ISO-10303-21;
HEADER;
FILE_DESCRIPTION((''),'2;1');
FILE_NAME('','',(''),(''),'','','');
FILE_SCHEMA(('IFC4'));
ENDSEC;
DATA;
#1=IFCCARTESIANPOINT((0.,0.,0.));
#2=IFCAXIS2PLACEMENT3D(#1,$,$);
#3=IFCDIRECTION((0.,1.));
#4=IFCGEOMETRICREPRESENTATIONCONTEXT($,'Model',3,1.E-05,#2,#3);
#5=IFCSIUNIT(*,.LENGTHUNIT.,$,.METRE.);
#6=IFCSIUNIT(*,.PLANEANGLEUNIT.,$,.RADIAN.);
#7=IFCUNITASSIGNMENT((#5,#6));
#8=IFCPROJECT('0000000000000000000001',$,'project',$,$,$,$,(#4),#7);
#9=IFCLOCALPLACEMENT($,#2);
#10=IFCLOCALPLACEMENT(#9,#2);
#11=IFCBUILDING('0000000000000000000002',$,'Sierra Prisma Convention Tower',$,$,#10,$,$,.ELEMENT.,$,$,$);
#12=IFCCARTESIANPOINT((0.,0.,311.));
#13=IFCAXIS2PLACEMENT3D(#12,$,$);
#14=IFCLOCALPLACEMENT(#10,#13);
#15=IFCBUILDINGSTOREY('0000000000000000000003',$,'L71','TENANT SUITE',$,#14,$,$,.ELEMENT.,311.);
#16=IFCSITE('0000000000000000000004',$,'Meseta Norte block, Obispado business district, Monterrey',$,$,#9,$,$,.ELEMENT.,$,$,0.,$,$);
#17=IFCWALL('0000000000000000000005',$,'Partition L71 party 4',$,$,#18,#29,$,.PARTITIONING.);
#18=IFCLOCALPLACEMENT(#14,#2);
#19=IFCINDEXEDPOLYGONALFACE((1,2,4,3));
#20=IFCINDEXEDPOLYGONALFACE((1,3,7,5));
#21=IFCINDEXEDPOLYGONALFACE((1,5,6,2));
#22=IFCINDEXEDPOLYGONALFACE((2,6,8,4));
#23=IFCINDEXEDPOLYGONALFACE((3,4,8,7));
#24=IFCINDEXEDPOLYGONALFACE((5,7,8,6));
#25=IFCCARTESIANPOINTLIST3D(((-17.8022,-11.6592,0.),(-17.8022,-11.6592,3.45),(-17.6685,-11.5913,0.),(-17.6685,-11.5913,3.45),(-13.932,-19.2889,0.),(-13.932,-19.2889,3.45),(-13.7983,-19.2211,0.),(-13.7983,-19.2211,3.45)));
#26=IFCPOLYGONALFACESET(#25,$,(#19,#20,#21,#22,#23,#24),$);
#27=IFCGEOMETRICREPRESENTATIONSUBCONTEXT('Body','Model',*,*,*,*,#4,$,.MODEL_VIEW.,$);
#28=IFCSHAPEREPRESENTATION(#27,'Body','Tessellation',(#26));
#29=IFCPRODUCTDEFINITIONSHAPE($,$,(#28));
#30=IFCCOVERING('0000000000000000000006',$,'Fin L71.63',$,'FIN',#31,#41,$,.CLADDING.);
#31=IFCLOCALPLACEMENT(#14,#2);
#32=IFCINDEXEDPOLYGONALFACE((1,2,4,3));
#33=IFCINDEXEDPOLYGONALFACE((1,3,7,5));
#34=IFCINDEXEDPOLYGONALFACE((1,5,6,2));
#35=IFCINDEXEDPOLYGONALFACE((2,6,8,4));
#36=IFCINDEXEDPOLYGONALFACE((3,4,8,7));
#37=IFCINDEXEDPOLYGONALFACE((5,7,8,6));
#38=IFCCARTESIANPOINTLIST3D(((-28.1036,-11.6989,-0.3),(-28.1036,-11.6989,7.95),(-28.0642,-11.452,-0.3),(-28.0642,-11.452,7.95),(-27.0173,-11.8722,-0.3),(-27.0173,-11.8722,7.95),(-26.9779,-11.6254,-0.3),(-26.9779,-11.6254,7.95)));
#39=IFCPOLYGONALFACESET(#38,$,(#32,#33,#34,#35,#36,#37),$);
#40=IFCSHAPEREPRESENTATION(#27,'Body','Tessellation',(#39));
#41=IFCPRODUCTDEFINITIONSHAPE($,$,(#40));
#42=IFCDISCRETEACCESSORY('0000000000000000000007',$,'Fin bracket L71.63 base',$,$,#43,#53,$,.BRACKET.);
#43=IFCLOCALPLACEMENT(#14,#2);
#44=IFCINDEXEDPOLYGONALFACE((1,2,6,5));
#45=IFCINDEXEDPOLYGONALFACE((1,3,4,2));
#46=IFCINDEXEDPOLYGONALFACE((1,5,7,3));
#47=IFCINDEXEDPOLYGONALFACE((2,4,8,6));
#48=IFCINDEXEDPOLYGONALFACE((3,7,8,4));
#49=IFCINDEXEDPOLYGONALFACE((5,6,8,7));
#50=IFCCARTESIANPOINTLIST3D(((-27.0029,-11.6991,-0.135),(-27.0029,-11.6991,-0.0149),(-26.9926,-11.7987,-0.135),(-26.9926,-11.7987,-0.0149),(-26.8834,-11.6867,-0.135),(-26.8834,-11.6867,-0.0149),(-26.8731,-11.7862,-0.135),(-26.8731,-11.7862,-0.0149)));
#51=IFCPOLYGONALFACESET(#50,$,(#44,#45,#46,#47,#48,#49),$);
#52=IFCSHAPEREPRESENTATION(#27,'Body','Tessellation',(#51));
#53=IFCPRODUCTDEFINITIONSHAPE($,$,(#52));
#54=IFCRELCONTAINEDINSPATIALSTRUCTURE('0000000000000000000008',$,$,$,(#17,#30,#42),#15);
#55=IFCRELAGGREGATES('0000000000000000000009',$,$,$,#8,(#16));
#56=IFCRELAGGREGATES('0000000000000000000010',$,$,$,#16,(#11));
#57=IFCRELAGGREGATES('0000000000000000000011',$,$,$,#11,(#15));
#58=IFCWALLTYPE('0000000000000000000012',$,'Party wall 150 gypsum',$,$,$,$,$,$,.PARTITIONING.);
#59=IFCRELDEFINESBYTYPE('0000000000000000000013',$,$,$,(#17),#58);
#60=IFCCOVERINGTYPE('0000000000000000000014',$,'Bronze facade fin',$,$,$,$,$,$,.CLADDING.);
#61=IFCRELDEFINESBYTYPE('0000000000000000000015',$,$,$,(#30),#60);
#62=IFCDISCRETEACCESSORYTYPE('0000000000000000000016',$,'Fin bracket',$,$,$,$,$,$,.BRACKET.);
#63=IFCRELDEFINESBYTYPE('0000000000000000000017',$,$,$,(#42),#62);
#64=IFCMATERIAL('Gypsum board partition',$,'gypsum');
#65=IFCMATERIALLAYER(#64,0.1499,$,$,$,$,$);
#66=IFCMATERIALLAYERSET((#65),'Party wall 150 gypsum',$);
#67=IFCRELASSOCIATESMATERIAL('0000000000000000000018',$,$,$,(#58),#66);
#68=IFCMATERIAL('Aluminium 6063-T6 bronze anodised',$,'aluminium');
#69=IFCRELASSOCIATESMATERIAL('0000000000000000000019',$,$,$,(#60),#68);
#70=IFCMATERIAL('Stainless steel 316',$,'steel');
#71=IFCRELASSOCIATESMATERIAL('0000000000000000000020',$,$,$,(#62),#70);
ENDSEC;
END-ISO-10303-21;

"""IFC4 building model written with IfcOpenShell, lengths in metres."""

from ifc_helpers import new_model, si_unit, direction, frame, frame_2d, origin, origin_2d, place, context, subcontext, project, spatial, rectangle, extrude, material, layer, layer_set, material_profile, profile_set, type_object, element, save


model = new_model("IFC4")

# Units and contexts
model_context = context("Model", 3, precision=1e-05, world=origin(), true_north=direction((0.0, 1.0)))
body_context = subcontext(model_context, "Body", "Model", "MODEL_VIEW")
ifc_project = project(units=[si_unit("LENGTHUNIT", "METRE"), si_unit("PLANEANGLEUNIT", "RADIAN")], contexts=[model_context])

# Site, building, storey
site_placement = place(None, origin())
site = spatial("IfcSite", under=ifc_project, at=site_placement, Name="Meseta Norte block, Obispado business district, Monterrey", CompositionType="ELEMENT", RefElevation=0.0)
building_placement = place(site_placement, origin())
building = spatial("IfcBuilding", under=site, at=building_placement, Name="Sierra Prisma Convention Tower", CompositionType="ELEMENT")
storey_placement = place(building_placement, frame((0.0, 0.0, 311.0)))
storey = spatial("IfcBuildingStorey", under=building, at=storey_placement, Name="L71", Description="TENANT SUITE", CompositionType="ELEMENT", Elevation=311.0)

# Wall
ifc_material_1 = material(Name="Gypsum board partition", Category="gypsum")
ifc_layer_1 = layer(ifc_material_1, 0.1499)
ifc_layer_set_1 = layer_set([ifc_layer_1], Name="Party wall 150 gypsum")
wall_type_1 = type_object("IfcWallType", Name="Party wall 150 gypsum", PredefinedType="PARTITIONING", material=ifc_layer_set_1)
wall_1_placement = place(storey_placement, frame((-17.7354, -11.6252, 0.0), z_axis=(0.0, 0.0, 1.0), x_axis=(0.452377, -0.891827, 0.0)))
element("IfcWall", 1, at=wall_1_placement, inside=storey, type_object=wall_type_1, Name="Partition L71 party 4", PredefinedType="PARTITIONING", context=body_context, shape_type="SweptSolid", body=[
    extrude(rectangle(XDim=8.5552, YDim=0.1499, at=frame_2d((4.2776, 0.0))), origin(), (0.0, 0.0, 1.0), 3.45),
])

# Covering
ifc_material_2 = material(Name="Aluminium 6063-T6 bronze anodised", Category="aluminium")
ifc_material_profile_1 = material_profile(ifc_material_2, rectangle(XDim=1.1001, YDim=0.25, at=origin_2d()), Name="ALU FIN 1100x250")
ifc_profile_set_1 = profile_set([ifc_material_profile_1], Name="Aluminium 6063-T6 bronze anodised")
covering_type = type_object("IfcCoveringType", Name="Bronze facade fin", PredefinedType="CLADDING", material=ifc_profile_set_1)
covering_placement = place(storey_placement, frame((-27.5408, -11.6621, -0.3), z_axis=(0.0, 0.0, 1.0), x_axis=(-0.987505, 0.157587, 0.0)))
element("IfcCovering", 2, at=covering_placement, inside=storey, type_object=covering_type, Name="Fin L71.63", ObjectType="FIN", PredefinedType="CLADDING", context=body_context, shape_type="SweptSolid", body=[
    extrude(rectangle(XDim=1.1001, YDim=0.25, at=origin_2d()), origin(), (0.0, 0.0, 1.0), 8.25),
])

# Discrete accessory
ifc_material_3 = material(Name="Stainless steel 316", Category="steel")
discrete_accessory_type = type_object("IfcDiscreteAccessoryType", Name="Fin bracket", PredefinedType="BRACKET", material=ifc_material_3)
discrete_accessory_placement = place(storey_placement, frame((-26.938, -11.7427, -0.135), z_axis=(0.0, 0.0, 1.0), x_axis=(-0.994643, -0.103368, 0.0)))
element("IfcDiscreteAccessory", 3, at=discrete_accessory_placement, inside=storey, type_object=discrete_accessory_type, Name="Fin bracket L71.63 base", PredefinedType="BRACKET", context=body_context, shape_type="SweptSolid", body=[
    extrude(rectangle(XDim=0.1201, YDim=0.1001, at=origin_2d()), origin(), (0.0, 0.0, 1.0), 0.1201),
])

save(model, "model.ifc")
